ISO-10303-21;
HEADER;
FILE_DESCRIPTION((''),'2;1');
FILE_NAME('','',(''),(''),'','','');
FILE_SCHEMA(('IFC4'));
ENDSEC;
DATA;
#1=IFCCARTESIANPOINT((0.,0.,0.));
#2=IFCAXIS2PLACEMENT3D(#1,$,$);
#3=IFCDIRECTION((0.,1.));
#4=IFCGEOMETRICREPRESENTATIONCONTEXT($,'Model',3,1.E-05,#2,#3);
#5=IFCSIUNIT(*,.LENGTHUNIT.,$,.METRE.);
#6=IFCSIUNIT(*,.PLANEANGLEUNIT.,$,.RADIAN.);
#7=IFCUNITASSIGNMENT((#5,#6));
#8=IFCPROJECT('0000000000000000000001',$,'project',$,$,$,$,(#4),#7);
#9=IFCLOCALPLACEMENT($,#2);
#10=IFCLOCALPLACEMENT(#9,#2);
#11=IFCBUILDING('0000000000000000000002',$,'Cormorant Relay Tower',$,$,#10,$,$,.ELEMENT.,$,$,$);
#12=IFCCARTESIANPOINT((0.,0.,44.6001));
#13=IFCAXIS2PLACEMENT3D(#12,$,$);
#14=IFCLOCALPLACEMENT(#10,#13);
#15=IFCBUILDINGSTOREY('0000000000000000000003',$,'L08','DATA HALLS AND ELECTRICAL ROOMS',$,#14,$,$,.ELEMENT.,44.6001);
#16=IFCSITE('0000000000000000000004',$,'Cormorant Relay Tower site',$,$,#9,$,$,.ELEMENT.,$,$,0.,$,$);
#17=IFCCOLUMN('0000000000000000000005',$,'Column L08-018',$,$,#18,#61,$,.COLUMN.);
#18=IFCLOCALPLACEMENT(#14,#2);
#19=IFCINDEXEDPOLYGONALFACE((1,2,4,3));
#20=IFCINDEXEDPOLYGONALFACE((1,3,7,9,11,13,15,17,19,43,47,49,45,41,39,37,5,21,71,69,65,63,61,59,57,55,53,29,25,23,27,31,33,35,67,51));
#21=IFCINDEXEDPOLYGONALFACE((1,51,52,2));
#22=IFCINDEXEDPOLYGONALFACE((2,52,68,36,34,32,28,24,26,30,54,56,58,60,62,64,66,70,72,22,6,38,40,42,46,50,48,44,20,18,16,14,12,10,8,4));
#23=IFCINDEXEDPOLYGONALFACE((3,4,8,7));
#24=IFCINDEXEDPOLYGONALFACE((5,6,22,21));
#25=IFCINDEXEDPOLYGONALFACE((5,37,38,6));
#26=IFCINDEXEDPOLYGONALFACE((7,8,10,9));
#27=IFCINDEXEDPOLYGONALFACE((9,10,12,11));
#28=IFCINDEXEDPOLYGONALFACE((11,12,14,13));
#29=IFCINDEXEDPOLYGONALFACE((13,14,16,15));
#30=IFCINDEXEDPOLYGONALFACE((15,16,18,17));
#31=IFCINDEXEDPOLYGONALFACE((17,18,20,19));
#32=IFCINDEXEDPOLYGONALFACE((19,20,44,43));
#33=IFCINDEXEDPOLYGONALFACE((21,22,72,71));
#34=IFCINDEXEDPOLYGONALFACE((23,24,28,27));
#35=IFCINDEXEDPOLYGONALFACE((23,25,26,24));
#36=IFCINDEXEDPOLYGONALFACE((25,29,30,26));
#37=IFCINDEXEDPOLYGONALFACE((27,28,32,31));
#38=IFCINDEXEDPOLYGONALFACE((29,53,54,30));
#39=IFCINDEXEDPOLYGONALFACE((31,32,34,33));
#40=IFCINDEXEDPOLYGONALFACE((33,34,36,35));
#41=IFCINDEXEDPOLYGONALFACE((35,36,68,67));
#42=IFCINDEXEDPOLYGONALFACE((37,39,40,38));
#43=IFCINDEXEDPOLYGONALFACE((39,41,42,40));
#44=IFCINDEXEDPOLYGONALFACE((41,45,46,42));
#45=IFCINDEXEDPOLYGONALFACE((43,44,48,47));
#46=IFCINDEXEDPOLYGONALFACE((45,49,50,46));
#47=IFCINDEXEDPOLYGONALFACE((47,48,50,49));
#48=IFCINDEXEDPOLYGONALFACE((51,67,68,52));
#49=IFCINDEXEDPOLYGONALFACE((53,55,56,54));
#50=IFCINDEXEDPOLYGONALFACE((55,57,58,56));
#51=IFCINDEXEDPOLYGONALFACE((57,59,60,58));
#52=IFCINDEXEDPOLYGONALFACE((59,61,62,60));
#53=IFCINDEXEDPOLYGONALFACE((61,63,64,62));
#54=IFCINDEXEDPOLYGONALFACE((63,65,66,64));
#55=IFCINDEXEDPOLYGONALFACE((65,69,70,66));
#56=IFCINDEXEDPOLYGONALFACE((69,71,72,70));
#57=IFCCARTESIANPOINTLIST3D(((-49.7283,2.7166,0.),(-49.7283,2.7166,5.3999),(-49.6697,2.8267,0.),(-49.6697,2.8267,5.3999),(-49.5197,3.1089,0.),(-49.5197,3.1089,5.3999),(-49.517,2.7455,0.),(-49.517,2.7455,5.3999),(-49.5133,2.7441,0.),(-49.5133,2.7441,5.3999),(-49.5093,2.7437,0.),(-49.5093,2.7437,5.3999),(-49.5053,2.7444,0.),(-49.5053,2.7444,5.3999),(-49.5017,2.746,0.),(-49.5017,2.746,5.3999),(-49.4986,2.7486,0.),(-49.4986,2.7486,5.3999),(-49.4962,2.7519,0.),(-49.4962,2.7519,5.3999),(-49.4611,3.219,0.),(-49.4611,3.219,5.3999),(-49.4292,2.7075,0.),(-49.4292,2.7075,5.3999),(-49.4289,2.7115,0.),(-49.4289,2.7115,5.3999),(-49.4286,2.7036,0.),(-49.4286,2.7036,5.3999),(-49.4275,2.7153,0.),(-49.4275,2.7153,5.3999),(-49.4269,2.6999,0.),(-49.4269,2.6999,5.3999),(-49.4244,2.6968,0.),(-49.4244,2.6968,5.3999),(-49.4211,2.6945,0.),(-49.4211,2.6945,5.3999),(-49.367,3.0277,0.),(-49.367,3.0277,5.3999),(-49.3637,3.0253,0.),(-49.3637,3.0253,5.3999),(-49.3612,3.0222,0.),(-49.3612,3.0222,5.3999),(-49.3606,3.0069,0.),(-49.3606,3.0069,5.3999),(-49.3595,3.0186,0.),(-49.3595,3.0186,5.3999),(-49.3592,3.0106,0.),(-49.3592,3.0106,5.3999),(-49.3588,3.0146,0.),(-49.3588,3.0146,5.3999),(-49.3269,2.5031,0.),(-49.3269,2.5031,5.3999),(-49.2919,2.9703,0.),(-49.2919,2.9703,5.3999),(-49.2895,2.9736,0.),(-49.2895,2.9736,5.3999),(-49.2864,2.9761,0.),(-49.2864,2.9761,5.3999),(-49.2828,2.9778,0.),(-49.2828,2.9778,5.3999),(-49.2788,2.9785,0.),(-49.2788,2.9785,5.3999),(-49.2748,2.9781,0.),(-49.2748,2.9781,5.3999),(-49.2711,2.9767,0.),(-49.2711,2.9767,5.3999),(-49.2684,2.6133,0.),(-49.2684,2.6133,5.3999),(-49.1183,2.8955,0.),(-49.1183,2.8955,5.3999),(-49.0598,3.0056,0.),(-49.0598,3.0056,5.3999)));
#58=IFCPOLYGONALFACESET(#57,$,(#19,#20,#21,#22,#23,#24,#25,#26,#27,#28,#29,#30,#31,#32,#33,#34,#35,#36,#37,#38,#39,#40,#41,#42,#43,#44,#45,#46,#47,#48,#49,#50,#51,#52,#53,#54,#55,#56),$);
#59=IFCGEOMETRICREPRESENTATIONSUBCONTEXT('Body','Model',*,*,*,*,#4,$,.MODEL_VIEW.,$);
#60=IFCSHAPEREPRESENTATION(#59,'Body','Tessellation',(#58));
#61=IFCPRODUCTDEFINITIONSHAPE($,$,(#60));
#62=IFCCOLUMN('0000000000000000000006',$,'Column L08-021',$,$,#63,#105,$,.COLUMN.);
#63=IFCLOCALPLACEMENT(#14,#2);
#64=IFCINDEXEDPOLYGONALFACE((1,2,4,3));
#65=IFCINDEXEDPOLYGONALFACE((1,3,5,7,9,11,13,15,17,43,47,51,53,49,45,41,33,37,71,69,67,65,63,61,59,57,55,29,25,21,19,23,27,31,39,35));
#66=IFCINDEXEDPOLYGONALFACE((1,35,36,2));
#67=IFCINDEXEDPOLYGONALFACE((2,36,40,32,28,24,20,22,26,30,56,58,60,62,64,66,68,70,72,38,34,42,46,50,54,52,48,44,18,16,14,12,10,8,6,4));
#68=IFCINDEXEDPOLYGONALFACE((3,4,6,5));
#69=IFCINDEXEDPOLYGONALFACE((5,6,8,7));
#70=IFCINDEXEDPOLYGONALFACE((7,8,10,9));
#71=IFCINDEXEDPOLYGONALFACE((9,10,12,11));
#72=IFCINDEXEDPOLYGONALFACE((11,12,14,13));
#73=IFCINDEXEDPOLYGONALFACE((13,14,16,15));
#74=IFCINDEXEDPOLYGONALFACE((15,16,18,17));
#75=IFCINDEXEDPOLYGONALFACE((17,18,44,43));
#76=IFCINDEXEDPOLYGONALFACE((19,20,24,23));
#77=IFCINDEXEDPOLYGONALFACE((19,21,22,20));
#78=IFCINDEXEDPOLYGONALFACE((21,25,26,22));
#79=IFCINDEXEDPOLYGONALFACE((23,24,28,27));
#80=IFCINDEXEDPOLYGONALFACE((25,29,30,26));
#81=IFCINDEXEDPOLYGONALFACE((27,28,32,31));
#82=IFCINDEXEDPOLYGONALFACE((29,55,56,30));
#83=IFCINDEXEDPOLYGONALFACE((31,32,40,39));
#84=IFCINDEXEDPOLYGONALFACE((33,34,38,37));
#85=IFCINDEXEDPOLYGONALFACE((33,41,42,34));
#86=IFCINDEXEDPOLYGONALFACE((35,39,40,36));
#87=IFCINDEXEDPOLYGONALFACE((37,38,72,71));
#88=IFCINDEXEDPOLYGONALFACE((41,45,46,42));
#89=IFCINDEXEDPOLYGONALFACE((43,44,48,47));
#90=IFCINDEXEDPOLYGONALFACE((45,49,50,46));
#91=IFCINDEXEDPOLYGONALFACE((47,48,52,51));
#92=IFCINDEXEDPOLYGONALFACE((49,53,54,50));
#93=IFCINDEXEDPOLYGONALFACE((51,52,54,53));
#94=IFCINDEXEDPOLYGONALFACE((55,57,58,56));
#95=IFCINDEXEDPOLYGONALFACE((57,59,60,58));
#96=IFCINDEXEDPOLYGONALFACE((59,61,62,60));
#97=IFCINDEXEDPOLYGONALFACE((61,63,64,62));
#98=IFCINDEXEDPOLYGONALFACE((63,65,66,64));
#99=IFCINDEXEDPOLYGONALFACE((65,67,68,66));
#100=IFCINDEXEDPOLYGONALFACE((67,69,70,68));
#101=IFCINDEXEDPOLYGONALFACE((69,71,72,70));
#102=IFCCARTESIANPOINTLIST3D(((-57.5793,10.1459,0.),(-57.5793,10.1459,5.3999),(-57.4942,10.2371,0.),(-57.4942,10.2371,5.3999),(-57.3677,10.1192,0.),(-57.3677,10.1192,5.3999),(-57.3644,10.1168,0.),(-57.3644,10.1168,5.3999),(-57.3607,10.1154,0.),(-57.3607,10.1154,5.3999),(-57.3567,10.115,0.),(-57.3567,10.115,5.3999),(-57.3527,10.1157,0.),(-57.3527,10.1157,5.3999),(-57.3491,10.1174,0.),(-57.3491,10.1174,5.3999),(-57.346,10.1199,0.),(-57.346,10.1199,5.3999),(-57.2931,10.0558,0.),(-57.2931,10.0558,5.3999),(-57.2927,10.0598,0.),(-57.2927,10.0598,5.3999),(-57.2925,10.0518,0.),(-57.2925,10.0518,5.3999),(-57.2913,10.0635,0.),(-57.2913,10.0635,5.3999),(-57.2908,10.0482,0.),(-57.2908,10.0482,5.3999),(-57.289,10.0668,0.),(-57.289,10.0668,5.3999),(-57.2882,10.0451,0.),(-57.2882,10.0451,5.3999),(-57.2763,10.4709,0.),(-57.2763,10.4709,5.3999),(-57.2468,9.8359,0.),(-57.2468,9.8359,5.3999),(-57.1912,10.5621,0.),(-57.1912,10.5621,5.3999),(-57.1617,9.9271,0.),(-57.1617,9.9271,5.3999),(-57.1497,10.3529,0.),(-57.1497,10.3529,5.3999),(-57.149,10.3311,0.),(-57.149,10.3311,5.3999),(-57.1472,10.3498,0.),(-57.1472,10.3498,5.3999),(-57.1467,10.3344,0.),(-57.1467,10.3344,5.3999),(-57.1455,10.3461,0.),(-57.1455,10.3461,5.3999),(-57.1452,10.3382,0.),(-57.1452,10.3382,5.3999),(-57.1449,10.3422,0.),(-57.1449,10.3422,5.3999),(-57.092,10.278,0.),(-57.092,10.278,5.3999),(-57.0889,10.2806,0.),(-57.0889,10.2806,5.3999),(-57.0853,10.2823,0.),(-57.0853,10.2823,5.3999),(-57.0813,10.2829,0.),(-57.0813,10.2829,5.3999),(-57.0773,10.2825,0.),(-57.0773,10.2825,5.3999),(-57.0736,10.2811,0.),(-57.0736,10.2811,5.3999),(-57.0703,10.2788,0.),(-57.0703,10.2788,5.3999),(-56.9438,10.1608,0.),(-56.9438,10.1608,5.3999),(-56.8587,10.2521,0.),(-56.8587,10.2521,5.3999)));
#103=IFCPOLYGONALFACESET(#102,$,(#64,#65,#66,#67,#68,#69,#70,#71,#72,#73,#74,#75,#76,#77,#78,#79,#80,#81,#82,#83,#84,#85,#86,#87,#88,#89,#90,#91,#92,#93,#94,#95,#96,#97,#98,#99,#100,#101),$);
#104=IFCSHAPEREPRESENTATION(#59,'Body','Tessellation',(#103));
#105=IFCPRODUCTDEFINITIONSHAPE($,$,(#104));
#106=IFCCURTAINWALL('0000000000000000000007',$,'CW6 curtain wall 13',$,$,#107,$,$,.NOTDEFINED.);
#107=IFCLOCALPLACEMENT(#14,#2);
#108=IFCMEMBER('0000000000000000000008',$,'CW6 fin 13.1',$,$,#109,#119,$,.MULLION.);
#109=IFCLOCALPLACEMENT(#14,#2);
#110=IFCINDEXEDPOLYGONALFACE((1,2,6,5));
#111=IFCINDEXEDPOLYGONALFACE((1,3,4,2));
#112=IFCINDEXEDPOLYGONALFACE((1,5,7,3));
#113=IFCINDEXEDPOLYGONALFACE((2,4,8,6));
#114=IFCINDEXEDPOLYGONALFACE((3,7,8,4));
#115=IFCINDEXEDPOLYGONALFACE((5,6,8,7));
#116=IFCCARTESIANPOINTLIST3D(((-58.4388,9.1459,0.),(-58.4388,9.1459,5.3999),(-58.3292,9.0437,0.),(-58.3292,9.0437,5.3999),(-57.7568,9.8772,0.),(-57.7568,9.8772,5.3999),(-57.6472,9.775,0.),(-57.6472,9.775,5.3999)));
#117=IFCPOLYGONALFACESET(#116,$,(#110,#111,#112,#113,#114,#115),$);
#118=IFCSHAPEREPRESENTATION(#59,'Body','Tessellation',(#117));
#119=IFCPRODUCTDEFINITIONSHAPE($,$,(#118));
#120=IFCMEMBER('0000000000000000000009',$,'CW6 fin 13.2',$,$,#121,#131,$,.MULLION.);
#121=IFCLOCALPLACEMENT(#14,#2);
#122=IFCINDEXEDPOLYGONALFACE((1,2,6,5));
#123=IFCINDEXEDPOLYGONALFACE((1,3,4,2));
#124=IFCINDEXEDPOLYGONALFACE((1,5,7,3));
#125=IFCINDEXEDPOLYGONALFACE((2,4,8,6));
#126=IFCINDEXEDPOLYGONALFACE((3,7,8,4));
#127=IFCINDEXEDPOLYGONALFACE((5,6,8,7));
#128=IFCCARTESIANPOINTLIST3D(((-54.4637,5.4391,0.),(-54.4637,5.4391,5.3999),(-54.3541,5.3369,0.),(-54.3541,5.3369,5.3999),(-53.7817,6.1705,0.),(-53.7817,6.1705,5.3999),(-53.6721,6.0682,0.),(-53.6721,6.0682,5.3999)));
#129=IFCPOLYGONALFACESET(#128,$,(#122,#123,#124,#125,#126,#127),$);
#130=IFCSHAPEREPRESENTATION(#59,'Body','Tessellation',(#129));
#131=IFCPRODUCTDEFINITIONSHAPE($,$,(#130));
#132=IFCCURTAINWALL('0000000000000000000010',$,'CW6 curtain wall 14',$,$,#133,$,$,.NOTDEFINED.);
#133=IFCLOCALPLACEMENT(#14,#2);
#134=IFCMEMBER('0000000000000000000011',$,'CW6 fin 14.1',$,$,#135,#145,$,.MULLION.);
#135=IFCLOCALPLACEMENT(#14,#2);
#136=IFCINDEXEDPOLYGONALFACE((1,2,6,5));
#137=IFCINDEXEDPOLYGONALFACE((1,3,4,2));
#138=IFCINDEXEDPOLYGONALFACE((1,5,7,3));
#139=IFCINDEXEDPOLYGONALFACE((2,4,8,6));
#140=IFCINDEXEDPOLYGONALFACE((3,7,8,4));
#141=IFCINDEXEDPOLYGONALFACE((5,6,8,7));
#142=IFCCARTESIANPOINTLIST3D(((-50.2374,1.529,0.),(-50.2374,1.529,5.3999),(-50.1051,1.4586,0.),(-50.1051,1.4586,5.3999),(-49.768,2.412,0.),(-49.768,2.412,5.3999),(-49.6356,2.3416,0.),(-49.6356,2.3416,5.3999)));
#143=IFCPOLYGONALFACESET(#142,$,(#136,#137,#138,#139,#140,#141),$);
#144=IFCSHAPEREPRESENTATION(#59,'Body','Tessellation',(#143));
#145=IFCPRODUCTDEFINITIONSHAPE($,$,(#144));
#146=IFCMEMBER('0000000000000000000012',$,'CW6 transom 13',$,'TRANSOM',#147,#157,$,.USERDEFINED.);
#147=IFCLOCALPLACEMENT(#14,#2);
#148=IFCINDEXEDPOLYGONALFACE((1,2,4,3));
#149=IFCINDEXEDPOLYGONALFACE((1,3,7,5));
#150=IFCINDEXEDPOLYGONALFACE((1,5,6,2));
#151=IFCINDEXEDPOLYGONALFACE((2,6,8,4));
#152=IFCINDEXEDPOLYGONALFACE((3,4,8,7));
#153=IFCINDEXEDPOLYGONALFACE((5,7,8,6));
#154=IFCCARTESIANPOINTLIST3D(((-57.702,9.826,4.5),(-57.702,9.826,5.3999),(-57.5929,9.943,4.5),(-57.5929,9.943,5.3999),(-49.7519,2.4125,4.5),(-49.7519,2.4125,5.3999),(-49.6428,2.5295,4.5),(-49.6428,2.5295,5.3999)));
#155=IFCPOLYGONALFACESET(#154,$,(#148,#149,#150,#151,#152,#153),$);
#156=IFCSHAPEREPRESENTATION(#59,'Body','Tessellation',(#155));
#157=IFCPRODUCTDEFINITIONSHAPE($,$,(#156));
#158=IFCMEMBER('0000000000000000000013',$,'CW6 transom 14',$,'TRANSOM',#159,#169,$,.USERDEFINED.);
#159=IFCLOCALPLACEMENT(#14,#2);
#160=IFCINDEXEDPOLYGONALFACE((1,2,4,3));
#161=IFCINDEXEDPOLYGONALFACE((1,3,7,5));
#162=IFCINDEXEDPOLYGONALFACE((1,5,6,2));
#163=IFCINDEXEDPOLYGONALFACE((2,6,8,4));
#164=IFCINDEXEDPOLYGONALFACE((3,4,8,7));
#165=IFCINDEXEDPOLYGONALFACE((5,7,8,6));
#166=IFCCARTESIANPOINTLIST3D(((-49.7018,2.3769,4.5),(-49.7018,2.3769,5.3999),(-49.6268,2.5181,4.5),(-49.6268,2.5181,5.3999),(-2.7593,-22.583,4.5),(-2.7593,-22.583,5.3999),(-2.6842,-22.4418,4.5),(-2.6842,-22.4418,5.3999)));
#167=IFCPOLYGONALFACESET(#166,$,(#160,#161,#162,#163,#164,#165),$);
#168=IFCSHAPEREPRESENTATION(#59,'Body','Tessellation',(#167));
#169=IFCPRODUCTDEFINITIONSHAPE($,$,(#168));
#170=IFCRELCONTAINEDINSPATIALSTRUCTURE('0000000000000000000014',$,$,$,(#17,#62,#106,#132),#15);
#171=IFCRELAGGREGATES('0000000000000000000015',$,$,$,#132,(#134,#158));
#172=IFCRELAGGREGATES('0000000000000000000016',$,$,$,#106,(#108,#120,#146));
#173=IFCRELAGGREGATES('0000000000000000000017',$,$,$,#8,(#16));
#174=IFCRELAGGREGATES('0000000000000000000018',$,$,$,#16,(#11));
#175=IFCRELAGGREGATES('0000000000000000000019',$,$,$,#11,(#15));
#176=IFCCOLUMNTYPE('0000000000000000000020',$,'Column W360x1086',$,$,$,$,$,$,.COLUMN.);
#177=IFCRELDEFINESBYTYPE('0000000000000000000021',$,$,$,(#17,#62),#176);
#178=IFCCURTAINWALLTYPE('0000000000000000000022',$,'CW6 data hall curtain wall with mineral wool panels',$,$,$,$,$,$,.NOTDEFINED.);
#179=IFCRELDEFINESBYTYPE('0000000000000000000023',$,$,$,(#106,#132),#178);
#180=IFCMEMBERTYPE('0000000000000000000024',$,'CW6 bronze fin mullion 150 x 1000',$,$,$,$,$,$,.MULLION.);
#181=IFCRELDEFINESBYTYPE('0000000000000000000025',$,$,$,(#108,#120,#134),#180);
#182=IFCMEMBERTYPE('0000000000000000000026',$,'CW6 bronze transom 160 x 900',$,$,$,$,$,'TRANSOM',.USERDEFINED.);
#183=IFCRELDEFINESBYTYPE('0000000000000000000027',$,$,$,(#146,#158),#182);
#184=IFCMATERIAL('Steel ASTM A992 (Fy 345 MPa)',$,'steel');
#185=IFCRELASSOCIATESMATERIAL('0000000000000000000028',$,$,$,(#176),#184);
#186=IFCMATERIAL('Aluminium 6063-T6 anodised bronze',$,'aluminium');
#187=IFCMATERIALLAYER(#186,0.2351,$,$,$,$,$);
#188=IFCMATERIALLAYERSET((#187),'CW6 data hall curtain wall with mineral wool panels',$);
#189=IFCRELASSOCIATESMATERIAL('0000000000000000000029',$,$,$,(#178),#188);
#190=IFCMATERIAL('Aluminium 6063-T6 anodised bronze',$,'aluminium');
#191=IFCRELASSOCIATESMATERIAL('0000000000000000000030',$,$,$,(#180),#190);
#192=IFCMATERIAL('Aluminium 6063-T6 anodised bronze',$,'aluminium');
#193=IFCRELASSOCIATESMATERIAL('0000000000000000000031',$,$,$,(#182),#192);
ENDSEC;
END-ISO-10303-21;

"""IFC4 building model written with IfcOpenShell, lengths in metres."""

from ifc_helpers import new_model, si_unit, direction, frame, origin, origin_2d, place, context, subcontext, project, spatial, rectangle, i_section, extrude, material, layer, layer_set, material_profile, profile_set, type_object, element, aggregate, save


model = new_model("IFC4")

# Units and contexts
model_context = context("Model", 3, precision=1e-05, world=origin(), true_north=direction((0.0, 1.0)))
body_context = subcontext(model_context, "Body", "Model", "MODEL_VIEW")
ifc_project = project(units=[si_unit("LENGTHUNIT", "METRE"), si_unit("PLANEANGLEUNIT", "RADIAN")], contexts=[model_context])

# Site, building, storey
site_placement = place(None, origin())
site = spatial("IfcSite", under=ifc_project, at=site_placement, Name="Cormorant Relay Tower site", CompositionType="ELEMENT", RefElevation=0.0)
building_placement = place(site_placement, origin())
building = spatial("IfcBuilding", under=site, at=building_placement, Name="Cormorant Relay Tower", CompositionType="ELEMENT")
storey_placement = place(building_placement, frame((0.0, 0.0, 44.6001)))
storey = spatial("IfcBuildingStorey", under=building, at=storey_placement, Name="L08", Description="DATA HALLS AND ELECTRICAL ROOMS", CompositionType="ELEMENT", Elevation=44.6001)

# Columns
ifc_material_1 = material(Name="Steel ASTM A992 (Fy 345 MPa)", Category="steel")
ifc_material_profile_1 = material_profile(ifc_material_1, i_section(OverallWidth=0.4546, OverallDepth=0.5691, WebThickness=0.0779, FlangeThickness=0.1248, FilletRadius=0.0154, at=origin_2d()), Name="W360x1086")
ifc_profile_set_1 = profile_set([ifc_material_profile_1], Name="Steel ASTM A992 (Fy 345 MPa)")
column_type = type_object("IfcColumnType", Name="Column W360x1086", PredefinedType="COLUMN", material=ifc_profile_set_1)
for number, where, z_axis, x_axis, name in (
    (1, (-49.394, 2.8611, 0.0), (0.0, 0.0, 1.0), (0.882948, -0.469472, 0.0), "Column L08-018"),
    (2, (-57.219, 10.199, 0.0), (0.0, 0.0, 1.0), (0.731354, -0.681998, 0.0), "Column L08-021"),
):
    element("IfcColumn", number, at=place(storey_placement, frame(where, z_axis=z_axis, x_axis=x_axis)), inside=storey, type_object=column_type, Name=name, PredefinedType="COLUMN", context=body_context, shape_type="SweptSolid", body=[
        extrude(i_section(OverallWidth=0.4546, OverallDepth=0.5691, WebThickness=0.0779, FlangeThickness=0.1248, FilletRadius=0.0154, at=origin_2d()), origin(), (0.0, 0.0, 1.0), 5.3999),
    ])

# Curtain wall, members
ifc_material_2 = material(Name="Aluminium 6063-T6 anodised bronze", Category="aluminium")
ifc_layer_1 = layer(ifc_material_2, 0.2351)
ifc_layer_set_1 = layer_set([ifc_layer_1], Name="CW6 data hall curtain wall with mineral wool panels")
curtain_wall_type = type_object("IfcCurtainWallType", Name="CW6 data hall curtain wall with mineral wool panels", PredefinedType="NOTDEFINED", material=ifc_layer_set_1)
curtain_wall_1_placement = place(storey_placement, origin())
curtain_wall_1 = element("IfcCurtainWall", 3, at=curtain_wall_1_placement, inside=storey, type_object=curtain_wall_type, Name="CW6 curtain wall 13", PredefinedType="NOTDEFINED")
ifc_material_3 = material(Name="Aluminium 6063-T6 anodised bronze", Category="aluminium")
ifc_material_profile_2 = material_profile(ifc_material_3, rectangle(XDim=0.1499, YDim=1.0, at=origin_2d()), Name="AL 150x1000")
ifc_profile_set_2 = profile_set([ifc_material_profile_2], Name="Aluminium 6063-T6 anodised bronze")
member_type_1 = type_object("IfcMemberType", Name="CW6 bronze fin mullion 150 x 1000", PredefinedType="MULLION", material=ifc_profile_set_2)
member_1_placement = place(storey_placement, frame((-58.043, 9.4604, 0.0), z_axis=(0.0, 0.0, 1.0), x_axis=(0.731354, -0.681998, 0.0)))
member_1 = element("IfcMember", 4, at=member_1_placement, type_object=member_type_1, Name="CW6 fin 13.1", PredefinedType="MULLION", context=body_context, shape_type="SweptSolid", body=[
    extrude(rectangle(XDim=0.1499, YDim=1.0, at=origin_2d()), origin(), (0.0, 0.0, 1.0), 5.3999),
])
member_2_placement = place(storey_placement, frame((-54.0679, 5.7537, 0.0), z_axis=(0.0, 0.0, 1.0), x_axis=(0.731354, -0.681998, 0.0)))
member_2 = element("IfcMember", 5, at=member_2_placement, type_object=member_type_1, Name="CW6 fin 13.2", PredefinedType="MULLION", context=body_context, shape_type="SweptSolid", body=[
    extrude(rectangle(XDim=0.1499, YDim=1.0, at=origin_2d()), origin(), (0.0, 0.0, 1.0), 5.3999),
])

# Curtain wall, member
curtain_wall_2_placement = place(storey_placement, origin())
curtain_wall_2 = element("IfcCurtainWall", 6, at=curtain_wall_2_placement, inside=storey, type_object=curtain_wall_type, Name="CW6 curtain wall 14", PredefinedType="NOTDEFINED")
member_3_placement = place(storey_placement, frame((-49.9365, 1.9353, 0.0), z_axis=(0.0, 0.0, 1.0), x_axis=(0.882948, -0.469472, 0.0)))
member_3 = element("IfcMember", 7, at=member_3_placement, type_object=member_type_1, Name="CW6 fin 14.1", PredefinedType="MULLION", context=body_context, shape_type="SweptSolid", body=[
    extrude(rectangle(XDim=0.1499, YDim=1.0, at=origin_2d()), origin(), (0.0, 0.0, 1.0), 5.3999),
])

# Members
ifc_material_4 = material(Name="Aluminium 6063-T6 anodised bronze", Category="aluminium")
ifc_material_profile_3 = material_profile(ifc_material_4, rectangle(XDim=0.1599, YDim=0.8999, at=origin_2d()), Name="AL 160x900")
ifc_profile_set_3 = profile_set([ifc_material_profile_3], Name="Aluminium 6063-T6 anodised bronze")
member_type_2 = type_object("IfcMemberType", Name="CW6 bronze transom 160 x 900", ElementType="TRANSOM", PredefinedType="USERDEFINED", material=ifc_profile_set_3)
member_4_placement = place(storey_placement, frame((-57.6475, 9.8845, 4.95), z_axis=(0.731358, -0.681993, 0.0), x_axis=(0.681993, 0.731358, 0.0)))
member_4 = element("IfcMember", 8, at=member_4_placement, type_object=member_type_2, Name="CW6 transom 13", ObjectType="TRANSOM", PredefinedType="USERDEFINED", context=body_context, shape_type="SweptSolid", body=[
    extrude(rectangle(XDim=0.1599, YDim=0.8999, at=origin_2d()), origin(), (0.0, 0.0, 1.0), 10.8704),
])
member_5_placement = place(storey_placement, frame((-49.6643, 2.4475, 4.95), z_axis=(0.882947, -0.469473, 0.0), x_axis=(0.469473, 0.882947, 0.0)))
member_5 = element("IfcMember", 9, at=member_5_placement, type_object=member_type_2, Name="CW6 transom 14", ObjectType="TRANSOM", PredefinedType="USERDEFINED", context=body_context, shape_type="SweptSolid", body=[
    extrude(rectangle(XDim=0.1599, YDim=0.8999, at=origin_2d()), origin(), (0.0, 0.0, 1.0), 53.1658),
])
aggregate(curtain_wall_2, [member_3, member_5])

aggregate(curtain_wall_1, [member_1, member_2, member_4])

save(model, "model.ifc")
